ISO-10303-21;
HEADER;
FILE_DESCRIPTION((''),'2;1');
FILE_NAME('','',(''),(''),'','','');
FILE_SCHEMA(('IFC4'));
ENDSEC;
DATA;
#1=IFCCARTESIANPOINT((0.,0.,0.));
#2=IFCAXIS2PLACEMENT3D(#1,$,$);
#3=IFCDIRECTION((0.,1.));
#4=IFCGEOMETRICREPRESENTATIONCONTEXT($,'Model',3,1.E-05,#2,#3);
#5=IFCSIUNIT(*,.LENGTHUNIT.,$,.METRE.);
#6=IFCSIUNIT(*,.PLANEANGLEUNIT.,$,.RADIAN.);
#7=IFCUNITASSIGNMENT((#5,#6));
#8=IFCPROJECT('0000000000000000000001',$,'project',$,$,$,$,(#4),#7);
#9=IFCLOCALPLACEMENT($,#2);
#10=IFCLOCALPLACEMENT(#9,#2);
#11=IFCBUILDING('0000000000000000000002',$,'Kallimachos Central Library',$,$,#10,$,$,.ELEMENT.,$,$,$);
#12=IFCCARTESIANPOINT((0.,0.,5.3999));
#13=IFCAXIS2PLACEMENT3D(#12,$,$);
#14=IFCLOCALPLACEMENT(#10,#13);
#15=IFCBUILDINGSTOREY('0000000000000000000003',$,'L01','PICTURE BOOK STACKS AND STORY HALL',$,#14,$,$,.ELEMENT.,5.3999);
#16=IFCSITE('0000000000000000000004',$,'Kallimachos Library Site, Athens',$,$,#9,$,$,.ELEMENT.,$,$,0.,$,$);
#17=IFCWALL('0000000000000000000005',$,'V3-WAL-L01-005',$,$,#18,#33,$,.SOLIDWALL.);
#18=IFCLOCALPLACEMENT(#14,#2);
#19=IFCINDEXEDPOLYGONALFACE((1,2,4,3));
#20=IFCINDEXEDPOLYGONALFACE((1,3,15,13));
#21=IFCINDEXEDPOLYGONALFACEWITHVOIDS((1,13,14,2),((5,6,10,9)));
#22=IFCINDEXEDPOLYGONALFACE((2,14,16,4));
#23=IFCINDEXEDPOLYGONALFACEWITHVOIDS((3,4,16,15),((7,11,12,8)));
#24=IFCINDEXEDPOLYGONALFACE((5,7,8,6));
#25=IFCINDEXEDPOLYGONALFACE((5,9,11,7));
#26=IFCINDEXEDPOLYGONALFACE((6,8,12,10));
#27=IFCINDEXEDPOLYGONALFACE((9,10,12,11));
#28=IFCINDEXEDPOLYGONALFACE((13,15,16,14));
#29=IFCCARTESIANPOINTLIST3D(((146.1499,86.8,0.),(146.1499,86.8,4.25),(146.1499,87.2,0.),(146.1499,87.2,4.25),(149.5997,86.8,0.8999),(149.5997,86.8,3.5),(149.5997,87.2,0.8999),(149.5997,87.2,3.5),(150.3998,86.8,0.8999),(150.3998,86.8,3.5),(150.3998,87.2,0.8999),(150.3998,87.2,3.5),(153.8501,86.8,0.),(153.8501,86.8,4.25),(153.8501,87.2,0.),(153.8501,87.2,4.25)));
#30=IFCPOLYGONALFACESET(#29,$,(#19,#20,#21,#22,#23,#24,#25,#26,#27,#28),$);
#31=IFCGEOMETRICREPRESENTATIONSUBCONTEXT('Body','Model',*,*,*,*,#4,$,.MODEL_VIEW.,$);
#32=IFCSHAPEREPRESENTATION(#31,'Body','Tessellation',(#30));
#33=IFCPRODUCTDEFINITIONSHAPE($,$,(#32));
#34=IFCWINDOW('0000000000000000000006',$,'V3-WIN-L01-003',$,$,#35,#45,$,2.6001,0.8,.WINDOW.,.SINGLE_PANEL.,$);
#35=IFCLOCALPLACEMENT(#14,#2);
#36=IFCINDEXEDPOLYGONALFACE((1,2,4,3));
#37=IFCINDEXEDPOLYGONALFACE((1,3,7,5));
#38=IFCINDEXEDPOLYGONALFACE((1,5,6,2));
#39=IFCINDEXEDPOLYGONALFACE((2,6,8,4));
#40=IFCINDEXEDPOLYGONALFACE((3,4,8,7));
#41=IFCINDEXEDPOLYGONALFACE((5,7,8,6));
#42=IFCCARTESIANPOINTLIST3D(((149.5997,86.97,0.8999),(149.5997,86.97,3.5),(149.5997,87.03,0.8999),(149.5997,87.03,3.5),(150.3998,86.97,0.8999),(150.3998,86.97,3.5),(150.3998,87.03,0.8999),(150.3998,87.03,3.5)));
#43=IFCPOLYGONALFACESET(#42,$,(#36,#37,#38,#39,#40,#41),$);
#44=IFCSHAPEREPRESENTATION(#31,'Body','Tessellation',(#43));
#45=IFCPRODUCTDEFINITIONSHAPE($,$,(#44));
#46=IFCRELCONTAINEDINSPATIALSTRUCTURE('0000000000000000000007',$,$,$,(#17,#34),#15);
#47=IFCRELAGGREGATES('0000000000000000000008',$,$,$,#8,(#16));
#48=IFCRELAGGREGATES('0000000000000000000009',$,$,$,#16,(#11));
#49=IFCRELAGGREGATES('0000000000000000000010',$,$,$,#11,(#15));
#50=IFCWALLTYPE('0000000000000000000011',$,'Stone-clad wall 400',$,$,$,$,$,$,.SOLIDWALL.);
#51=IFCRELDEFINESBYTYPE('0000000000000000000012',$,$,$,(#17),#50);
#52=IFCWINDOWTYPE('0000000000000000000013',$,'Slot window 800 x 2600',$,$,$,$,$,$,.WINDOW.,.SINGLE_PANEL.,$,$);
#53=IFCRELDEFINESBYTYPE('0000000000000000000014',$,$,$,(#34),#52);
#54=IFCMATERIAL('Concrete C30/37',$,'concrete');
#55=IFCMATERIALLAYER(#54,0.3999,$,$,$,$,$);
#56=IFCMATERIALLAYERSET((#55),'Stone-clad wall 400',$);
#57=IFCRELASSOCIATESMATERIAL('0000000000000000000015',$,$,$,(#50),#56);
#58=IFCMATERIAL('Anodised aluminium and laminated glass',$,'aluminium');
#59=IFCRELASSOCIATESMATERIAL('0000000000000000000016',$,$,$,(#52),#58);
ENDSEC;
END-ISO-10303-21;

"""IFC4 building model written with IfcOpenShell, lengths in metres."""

from ifc_helpers import new_model, si_unit, direction, frame, frame_2d, origin, place, context, subcontext, project, spatial, rectangle, extrude, material, layer, layer_set, type_object, element, fill, save


model = new_model("IFC4")

# Units and contexts
model_context = context("Model", 3, precision=1e-05, world=origin(), true_north=direction((0.0, 1.0)))
body_context = subcontext(model_context, "Body", "Model", "MODEL_VIEW")
ifc_project = project(units=[si_unit("LENGTHUNIT", "METRE"), si_unit("PLANEANGLEUNIT", "RADIAN")], contexts=[model_context])

# Site, building, storey
site_placement = place(None, origin())
site = spatial("IfcSite", under=ifc_project, at=site_placement, Name="Kallimachos Library Site, Athens", CompositionType="ELEMENT", RefElevation=0.0)
building_placement = place(site_placement, origin())
building = spatial("IfcBuilding", under=site, at=building_placement, Name="Kallimachos Central Library", CompositionType="ELEMENT")
storey_placement = place(building_placement, frame((0.0, 0.0, 5.3999)))
storey = spatial("IfcBuildingStorey", under=building, at=storey_placement, Name="L01", Description="PICTURE BOOK STACKS AND STORY HALL", CompositionType="ELEMENT", Elevation=5.3999)

# Wall, opening, window
ifc_material_1 = material(Name="Concrete C30/37", Category="concrete")
ifc_layer_1 = layer(ifc_material_1, 0.3999)
ifc_layer_set_1 = layer_set([ifc_layer_1], Name="Stone-clad wall 400")
wall_type_1 = type_object("IfcWallType", Name="Stone-clad wall 400", PredefinedType="SOLIDWALL", material=ifc_layer_set_1)
wall_1_placement = place(storey_placement, frame((146.1499, 87.0, 0.0), z_axis=(0.0, 0.0, 1.0), x_axis=(1.0, 0.0, 0.0)))
wall_1 = element("IfcWall", 1, at=wall_1_placement, inside=storey, type_object=wall_type_1, Name="V3-WAL-L01-005", PredefinedType="SOLIDWALL", context=body_context, shape_type="SweptSolid", body=[
    extrude(rectangle(XDim=7.7002, YDim=0.3999, at=frame_2d((3.8501, 0.0))), origin(), (0.0, 0.0, 1.0), 4.25),
])
opening_1_placement = place(wall_1_placement, frame((3.45, 0.0, 0.8999)))
opening_1 = element("IfcOpeningElement", 2, at=opening_1_placement, cuts=wall_1, PredefinedType="OPENING", context=body_context, shape_type="SweptSolid", body=[
    extrude(rectangle(XDim=0.8, YDim=2.6001, at=frame_2d((0.3999, 1.3))), frame((0.0, 0.21, 0.0), z_axis=(0.0, -1.0, 0.0), x_axis=(1.0, 0.0, 0.0)), (0.0, 0.0, 1.0), 0.4199),
])
ifc_material_2 = material(Name="Anodised aluminium and laminated glass", Category="aluminium")
window_type = type_object("IfcWindowType", Name="Slot window 800 x 2600", PartitioningType="SINGLE_PANEL", PredefinedType="WINDOW", material=ifc_material_2)
window_placement = place(opening_1_placement, origin())
window = element("IfcWindow", 3, at=window_placement, inside=storey, type_object=window_type, Name="V3-WIN-L01-003", OverallHeight=2.6001, OverallWidth=0.8, PartitioningType="SINGLE_PANEL", PredefinedType="WINDOW", context=body_context, shape_type="SweptSolid", body=[
    extrude(rectangle(XDim=0.8, YDim=2.6001, at=frame_2d((0.3999, 1.3))), frame((0.0, 0.03, 0.0), z_axis=(0.0, -1.0, 0.0), x_axis=(1.0, 0.0, 0.0)), (0.0, 0.0, 1.0), 0.0601),
])
fill(opening_1, window)

save(model, "model.ifc")
